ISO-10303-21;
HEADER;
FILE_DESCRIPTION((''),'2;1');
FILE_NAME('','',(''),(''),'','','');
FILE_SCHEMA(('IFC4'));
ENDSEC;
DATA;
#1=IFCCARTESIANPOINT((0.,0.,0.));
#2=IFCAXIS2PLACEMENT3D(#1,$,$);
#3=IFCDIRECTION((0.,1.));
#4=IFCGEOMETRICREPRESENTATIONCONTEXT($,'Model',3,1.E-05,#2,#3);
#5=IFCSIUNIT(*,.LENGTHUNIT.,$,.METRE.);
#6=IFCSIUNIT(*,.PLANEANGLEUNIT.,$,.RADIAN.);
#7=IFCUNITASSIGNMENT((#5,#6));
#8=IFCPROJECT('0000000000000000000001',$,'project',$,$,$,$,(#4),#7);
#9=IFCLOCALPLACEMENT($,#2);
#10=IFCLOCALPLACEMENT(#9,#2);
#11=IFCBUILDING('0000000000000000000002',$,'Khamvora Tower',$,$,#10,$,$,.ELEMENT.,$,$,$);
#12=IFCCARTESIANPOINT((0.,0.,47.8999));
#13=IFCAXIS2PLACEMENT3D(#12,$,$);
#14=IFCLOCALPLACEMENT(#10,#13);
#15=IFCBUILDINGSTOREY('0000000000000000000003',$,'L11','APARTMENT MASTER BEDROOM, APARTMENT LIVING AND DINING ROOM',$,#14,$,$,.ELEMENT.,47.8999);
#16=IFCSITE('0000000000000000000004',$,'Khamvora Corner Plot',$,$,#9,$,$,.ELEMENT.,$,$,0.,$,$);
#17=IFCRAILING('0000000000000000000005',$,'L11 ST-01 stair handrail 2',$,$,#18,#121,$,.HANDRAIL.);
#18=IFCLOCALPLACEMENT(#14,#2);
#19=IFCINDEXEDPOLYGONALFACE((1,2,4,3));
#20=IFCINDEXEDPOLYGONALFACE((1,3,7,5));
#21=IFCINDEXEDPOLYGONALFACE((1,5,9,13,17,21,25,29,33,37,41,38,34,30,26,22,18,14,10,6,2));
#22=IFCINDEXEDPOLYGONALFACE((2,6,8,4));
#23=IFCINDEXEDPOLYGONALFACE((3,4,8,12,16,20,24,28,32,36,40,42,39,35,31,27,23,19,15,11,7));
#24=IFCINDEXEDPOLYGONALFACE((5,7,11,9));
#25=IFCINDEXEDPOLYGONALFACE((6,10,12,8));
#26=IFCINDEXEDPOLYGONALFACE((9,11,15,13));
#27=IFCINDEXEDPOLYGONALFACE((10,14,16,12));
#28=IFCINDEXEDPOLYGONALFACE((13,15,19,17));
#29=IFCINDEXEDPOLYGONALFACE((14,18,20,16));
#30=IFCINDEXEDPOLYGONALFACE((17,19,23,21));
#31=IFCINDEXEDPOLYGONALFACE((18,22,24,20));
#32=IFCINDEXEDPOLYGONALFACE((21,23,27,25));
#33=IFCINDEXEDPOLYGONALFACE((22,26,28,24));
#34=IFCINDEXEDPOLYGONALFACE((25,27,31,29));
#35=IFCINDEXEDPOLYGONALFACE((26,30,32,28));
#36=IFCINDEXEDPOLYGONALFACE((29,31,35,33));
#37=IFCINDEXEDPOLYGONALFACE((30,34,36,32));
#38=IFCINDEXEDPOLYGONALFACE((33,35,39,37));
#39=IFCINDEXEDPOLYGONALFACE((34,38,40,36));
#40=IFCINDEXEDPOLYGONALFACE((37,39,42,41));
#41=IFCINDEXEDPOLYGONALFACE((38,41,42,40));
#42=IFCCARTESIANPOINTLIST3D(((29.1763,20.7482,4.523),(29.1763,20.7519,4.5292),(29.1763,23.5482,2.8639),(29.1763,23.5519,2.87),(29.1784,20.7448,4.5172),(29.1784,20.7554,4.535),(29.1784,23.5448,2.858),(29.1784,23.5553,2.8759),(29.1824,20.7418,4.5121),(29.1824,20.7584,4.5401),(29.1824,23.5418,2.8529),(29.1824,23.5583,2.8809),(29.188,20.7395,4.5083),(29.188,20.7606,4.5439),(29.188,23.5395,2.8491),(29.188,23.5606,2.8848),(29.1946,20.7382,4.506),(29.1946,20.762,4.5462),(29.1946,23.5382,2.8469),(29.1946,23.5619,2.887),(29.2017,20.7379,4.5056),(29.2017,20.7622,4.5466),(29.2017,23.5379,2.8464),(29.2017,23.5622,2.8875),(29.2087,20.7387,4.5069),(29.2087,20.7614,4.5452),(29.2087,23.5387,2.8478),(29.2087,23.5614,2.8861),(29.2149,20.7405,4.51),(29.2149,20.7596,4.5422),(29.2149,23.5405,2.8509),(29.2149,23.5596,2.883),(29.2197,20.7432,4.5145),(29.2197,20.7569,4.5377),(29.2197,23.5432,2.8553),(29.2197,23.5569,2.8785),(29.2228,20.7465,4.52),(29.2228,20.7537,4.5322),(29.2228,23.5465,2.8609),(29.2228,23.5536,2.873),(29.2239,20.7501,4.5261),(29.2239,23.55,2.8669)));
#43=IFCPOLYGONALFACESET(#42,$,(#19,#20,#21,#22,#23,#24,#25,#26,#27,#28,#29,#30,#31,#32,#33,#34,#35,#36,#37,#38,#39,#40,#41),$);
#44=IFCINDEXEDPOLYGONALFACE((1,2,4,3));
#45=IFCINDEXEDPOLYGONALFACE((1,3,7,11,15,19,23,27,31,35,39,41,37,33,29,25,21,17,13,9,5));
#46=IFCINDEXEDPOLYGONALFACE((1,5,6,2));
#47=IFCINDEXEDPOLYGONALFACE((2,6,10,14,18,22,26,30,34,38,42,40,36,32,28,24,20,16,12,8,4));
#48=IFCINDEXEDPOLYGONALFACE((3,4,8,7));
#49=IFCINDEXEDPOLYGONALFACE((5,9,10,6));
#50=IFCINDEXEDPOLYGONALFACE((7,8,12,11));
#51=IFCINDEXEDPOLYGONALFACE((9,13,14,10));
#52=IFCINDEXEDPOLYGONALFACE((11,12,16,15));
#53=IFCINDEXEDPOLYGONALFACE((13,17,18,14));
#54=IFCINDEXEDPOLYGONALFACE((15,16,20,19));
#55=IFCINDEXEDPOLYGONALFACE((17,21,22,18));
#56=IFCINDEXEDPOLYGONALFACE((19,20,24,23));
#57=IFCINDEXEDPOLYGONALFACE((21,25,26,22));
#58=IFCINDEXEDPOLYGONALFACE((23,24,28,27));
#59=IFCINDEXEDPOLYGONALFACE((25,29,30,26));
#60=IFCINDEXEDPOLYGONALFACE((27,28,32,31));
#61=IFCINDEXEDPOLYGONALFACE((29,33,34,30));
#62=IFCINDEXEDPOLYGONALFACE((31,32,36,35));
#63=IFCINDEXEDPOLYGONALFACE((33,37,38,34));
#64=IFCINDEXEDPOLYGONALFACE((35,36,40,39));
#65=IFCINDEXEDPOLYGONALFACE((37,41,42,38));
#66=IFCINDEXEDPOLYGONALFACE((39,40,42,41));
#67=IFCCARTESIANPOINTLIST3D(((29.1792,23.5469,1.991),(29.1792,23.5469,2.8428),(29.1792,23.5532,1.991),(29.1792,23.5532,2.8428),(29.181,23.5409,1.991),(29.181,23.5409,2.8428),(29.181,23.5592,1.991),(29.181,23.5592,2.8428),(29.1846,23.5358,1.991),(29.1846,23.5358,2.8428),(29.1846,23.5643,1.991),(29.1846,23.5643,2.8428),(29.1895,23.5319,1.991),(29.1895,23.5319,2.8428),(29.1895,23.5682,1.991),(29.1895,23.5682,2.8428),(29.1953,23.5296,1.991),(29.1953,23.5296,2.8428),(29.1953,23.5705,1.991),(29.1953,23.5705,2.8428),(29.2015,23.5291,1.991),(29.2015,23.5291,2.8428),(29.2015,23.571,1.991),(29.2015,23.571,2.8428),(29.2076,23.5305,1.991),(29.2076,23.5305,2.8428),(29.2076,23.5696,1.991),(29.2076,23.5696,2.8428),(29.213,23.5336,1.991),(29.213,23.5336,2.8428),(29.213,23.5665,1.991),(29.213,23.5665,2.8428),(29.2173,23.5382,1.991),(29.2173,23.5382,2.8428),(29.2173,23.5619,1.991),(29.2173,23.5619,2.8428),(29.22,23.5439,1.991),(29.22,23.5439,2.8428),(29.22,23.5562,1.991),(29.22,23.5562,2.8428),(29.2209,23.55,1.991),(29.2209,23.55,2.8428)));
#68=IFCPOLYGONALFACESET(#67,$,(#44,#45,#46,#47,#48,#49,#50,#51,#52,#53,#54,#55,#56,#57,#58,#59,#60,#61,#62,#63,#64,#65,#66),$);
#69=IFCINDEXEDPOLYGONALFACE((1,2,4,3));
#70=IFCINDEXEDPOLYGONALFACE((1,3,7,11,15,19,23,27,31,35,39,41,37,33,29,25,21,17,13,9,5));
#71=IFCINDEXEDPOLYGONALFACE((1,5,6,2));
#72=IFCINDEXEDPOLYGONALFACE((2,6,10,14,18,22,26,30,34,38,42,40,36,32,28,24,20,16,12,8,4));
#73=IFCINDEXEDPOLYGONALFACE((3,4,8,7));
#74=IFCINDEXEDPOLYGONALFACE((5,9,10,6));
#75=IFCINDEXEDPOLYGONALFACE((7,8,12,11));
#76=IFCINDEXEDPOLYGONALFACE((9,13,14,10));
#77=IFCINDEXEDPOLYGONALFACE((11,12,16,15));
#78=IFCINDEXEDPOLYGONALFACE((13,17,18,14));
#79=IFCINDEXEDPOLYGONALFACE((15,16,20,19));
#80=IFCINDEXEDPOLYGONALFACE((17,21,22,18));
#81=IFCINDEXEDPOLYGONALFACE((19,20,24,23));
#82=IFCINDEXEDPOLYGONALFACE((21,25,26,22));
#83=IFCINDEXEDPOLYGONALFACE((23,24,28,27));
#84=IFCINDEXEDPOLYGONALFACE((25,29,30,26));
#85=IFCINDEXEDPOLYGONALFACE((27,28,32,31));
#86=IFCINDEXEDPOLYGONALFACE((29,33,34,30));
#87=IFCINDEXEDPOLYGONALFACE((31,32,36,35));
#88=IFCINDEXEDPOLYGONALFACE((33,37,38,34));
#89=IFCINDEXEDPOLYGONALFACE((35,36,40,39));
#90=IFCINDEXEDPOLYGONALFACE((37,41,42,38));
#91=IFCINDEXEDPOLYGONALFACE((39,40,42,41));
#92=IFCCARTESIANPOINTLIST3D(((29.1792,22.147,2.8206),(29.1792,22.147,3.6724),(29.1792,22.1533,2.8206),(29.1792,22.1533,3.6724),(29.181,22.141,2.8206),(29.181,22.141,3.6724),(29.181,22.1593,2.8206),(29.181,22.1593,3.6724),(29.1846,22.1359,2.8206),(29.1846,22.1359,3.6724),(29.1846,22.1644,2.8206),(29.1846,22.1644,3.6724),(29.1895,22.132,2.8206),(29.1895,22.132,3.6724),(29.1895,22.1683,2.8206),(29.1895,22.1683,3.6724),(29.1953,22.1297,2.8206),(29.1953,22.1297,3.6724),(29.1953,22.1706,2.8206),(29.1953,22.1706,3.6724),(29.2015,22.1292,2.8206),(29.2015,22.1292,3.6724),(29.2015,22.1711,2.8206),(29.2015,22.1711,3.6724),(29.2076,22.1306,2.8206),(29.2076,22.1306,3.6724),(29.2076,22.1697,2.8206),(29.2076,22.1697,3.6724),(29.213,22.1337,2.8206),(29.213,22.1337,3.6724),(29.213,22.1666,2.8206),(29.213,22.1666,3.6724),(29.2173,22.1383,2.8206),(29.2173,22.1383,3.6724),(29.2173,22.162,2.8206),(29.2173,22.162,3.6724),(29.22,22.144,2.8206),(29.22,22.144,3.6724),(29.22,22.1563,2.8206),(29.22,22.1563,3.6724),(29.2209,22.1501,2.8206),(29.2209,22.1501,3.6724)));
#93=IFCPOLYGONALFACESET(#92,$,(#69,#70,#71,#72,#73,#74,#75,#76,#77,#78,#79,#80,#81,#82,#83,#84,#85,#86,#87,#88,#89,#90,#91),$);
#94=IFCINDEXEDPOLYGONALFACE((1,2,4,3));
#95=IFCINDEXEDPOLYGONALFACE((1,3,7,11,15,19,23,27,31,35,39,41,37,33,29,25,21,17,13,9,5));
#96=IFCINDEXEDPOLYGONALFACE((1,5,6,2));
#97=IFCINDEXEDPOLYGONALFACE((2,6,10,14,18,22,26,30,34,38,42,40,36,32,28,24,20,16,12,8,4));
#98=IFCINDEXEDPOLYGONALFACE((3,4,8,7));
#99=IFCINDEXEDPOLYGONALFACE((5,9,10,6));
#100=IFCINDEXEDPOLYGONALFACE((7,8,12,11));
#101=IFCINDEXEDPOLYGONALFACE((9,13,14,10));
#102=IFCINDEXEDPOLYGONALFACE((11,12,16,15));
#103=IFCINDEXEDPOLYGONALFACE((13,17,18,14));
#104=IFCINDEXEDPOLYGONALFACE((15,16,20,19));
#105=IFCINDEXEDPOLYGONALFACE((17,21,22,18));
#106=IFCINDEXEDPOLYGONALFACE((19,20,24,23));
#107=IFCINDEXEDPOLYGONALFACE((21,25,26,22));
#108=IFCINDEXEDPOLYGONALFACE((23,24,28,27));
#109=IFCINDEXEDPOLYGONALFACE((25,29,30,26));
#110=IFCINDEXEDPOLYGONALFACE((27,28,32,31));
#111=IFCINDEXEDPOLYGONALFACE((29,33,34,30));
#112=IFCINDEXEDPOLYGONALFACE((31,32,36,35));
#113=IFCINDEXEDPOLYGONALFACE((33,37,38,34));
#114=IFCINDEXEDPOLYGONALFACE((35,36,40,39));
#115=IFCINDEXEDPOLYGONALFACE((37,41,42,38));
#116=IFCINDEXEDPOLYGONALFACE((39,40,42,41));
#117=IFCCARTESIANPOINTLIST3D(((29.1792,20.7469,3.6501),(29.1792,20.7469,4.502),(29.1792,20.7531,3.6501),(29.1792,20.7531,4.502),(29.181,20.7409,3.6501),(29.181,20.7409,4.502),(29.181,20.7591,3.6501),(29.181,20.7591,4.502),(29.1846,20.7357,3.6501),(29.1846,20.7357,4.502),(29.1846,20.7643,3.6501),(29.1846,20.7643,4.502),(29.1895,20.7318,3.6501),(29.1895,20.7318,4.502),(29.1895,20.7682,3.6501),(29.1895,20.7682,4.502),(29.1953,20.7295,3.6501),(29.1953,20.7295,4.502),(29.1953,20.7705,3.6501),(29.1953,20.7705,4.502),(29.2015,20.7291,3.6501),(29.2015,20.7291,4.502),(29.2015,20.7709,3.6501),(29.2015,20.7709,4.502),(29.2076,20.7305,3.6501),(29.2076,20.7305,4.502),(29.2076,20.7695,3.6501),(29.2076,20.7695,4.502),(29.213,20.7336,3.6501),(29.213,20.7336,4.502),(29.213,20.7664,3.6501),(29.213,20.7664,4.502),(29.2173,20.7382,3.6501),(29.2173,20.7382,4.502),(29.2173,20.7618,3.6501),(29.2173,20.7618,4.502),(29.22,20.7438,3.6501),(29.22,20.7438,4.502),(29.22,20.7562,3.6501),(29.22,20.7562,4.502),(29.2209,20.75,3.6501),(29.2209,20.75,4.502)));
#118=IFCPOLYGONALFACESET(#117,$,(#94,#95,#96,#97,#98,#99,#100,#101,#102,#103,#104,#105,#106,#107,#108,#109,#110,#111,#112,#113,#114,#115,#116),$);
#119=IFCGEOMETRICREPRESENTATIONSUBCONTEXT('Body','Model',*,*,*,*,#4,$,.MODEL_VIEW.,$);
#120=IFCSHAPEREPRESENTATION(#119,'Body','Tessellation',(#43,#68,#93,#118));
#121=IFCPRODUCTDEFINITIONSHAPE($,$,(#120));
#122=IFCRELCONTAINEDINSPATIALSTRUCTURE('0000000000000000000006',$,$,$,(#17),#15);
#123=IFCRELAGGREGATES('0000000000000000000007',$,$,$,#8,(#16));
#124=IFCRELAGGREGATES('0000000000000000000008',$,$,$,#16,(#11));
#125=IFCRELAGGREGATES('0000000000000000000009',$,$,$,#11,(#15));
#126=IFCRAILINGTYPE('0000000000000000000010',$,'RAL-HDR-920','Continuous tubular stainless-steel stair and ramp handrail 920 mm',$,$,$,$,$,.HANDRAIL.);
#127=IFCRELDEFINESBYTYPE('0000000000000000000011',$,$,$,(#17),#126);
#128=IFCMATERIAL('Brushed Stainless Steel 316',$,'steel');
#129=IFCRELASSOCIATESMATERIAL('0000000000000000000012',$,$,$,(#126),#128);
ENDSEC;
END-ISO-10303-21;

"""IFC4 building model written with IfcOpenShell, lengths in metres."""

from ifc_helpers import new_model, si_unit, direction, frame, origin, origin_2d, place, context, subcontext, project, spatial, circle, extrude, material, type_object, element, save


model = new_model("IFC4")

# Units and contexts
model_context = context("Model", 3, precision=1e-05, world=origin(), true_north=direction((0.0, 1.0)))
body_context = subcontext(model_context, "Body", "Model", "MODEL_VIEW")
ifc_project = project(units=[si_unit("LENGTHUNIT", "METRE"), si_unit("PLANEANGLEUNIT", "RADIAN")], contexts=[model_context])

# Site, building, storey
site_placement = place(None, origin())
site = spatial("IfcSite", under=ifc_project, at=site_placement, Name="Khamvora Corner Plot", CompositionType="ELEMENT", RefElevation=0.0)
building_placement = place(site_placement, origin())
building = spatial("IfcBuilding", under=site, at=building_placement, Name="Khamvora Tower", CompositionType="ELEMENT")
storey_placement = place(building_placement, frame((0.0, 0.0, 47.8999)))
storey = spatial("IfcBuildingStorey", under=building, at=storey_placement, Name="L11", Description="APARTMENT MASTER BEDROOM, APARTMENT LIVING AND DINING ROOM", CompositionType="ELEMENT", Elevation=47.8999)

# Railing
ifc_material_1 = material(Name="Brushed Stainless Steel 316", Category="steel")
railing_type_1 = type_object("IfcRailingType", Name="RAL-HDR-920", Description="Continuous tubular stainless-steel stair and ramp handrail 920 mm", PredefinedType="HANDRAIL", material=ifc_material_1)
railing_1_placement = place(storey_placement, frame((29.2, 23.55, 1.991)))
element("IfcRailing", 1, at=railing_1_placement, inside=storey, type_object=railing_type_1, Name="L11 ST-01 stair handrail 2", PredefinedType="HANDRAIL", context=body_context, shape_type="SweptSolid", body=[
    extrude(circle(Radius=0.0239, at=origin_2d()), frame((0.0, 0.0, 0.876), z_axis=(0.0, -0.860306, 0.509778), x_axis=(1.0, 0.0, 0.0)), (0.0, 0.0, 1.0), 3.2546),
    extrude(circle(Radius=0.021, at=origin_2d()), origin(), (0.0, 0.0, 1.0), 0.8518),
    extrude(circle(Radius=0.021, at=origin_2d()), frame((0.0, -1.3999, 0.8296)), (0.0, 0.0, 1.0), 0.8518),
    extrude(circle(Radius=0.021, at=origin_2d()), frame((0.0, -2.8, 1.6592)), (0.0, 0.0, 1.0), 0.8518),
])

save(model, "model.ifc")
